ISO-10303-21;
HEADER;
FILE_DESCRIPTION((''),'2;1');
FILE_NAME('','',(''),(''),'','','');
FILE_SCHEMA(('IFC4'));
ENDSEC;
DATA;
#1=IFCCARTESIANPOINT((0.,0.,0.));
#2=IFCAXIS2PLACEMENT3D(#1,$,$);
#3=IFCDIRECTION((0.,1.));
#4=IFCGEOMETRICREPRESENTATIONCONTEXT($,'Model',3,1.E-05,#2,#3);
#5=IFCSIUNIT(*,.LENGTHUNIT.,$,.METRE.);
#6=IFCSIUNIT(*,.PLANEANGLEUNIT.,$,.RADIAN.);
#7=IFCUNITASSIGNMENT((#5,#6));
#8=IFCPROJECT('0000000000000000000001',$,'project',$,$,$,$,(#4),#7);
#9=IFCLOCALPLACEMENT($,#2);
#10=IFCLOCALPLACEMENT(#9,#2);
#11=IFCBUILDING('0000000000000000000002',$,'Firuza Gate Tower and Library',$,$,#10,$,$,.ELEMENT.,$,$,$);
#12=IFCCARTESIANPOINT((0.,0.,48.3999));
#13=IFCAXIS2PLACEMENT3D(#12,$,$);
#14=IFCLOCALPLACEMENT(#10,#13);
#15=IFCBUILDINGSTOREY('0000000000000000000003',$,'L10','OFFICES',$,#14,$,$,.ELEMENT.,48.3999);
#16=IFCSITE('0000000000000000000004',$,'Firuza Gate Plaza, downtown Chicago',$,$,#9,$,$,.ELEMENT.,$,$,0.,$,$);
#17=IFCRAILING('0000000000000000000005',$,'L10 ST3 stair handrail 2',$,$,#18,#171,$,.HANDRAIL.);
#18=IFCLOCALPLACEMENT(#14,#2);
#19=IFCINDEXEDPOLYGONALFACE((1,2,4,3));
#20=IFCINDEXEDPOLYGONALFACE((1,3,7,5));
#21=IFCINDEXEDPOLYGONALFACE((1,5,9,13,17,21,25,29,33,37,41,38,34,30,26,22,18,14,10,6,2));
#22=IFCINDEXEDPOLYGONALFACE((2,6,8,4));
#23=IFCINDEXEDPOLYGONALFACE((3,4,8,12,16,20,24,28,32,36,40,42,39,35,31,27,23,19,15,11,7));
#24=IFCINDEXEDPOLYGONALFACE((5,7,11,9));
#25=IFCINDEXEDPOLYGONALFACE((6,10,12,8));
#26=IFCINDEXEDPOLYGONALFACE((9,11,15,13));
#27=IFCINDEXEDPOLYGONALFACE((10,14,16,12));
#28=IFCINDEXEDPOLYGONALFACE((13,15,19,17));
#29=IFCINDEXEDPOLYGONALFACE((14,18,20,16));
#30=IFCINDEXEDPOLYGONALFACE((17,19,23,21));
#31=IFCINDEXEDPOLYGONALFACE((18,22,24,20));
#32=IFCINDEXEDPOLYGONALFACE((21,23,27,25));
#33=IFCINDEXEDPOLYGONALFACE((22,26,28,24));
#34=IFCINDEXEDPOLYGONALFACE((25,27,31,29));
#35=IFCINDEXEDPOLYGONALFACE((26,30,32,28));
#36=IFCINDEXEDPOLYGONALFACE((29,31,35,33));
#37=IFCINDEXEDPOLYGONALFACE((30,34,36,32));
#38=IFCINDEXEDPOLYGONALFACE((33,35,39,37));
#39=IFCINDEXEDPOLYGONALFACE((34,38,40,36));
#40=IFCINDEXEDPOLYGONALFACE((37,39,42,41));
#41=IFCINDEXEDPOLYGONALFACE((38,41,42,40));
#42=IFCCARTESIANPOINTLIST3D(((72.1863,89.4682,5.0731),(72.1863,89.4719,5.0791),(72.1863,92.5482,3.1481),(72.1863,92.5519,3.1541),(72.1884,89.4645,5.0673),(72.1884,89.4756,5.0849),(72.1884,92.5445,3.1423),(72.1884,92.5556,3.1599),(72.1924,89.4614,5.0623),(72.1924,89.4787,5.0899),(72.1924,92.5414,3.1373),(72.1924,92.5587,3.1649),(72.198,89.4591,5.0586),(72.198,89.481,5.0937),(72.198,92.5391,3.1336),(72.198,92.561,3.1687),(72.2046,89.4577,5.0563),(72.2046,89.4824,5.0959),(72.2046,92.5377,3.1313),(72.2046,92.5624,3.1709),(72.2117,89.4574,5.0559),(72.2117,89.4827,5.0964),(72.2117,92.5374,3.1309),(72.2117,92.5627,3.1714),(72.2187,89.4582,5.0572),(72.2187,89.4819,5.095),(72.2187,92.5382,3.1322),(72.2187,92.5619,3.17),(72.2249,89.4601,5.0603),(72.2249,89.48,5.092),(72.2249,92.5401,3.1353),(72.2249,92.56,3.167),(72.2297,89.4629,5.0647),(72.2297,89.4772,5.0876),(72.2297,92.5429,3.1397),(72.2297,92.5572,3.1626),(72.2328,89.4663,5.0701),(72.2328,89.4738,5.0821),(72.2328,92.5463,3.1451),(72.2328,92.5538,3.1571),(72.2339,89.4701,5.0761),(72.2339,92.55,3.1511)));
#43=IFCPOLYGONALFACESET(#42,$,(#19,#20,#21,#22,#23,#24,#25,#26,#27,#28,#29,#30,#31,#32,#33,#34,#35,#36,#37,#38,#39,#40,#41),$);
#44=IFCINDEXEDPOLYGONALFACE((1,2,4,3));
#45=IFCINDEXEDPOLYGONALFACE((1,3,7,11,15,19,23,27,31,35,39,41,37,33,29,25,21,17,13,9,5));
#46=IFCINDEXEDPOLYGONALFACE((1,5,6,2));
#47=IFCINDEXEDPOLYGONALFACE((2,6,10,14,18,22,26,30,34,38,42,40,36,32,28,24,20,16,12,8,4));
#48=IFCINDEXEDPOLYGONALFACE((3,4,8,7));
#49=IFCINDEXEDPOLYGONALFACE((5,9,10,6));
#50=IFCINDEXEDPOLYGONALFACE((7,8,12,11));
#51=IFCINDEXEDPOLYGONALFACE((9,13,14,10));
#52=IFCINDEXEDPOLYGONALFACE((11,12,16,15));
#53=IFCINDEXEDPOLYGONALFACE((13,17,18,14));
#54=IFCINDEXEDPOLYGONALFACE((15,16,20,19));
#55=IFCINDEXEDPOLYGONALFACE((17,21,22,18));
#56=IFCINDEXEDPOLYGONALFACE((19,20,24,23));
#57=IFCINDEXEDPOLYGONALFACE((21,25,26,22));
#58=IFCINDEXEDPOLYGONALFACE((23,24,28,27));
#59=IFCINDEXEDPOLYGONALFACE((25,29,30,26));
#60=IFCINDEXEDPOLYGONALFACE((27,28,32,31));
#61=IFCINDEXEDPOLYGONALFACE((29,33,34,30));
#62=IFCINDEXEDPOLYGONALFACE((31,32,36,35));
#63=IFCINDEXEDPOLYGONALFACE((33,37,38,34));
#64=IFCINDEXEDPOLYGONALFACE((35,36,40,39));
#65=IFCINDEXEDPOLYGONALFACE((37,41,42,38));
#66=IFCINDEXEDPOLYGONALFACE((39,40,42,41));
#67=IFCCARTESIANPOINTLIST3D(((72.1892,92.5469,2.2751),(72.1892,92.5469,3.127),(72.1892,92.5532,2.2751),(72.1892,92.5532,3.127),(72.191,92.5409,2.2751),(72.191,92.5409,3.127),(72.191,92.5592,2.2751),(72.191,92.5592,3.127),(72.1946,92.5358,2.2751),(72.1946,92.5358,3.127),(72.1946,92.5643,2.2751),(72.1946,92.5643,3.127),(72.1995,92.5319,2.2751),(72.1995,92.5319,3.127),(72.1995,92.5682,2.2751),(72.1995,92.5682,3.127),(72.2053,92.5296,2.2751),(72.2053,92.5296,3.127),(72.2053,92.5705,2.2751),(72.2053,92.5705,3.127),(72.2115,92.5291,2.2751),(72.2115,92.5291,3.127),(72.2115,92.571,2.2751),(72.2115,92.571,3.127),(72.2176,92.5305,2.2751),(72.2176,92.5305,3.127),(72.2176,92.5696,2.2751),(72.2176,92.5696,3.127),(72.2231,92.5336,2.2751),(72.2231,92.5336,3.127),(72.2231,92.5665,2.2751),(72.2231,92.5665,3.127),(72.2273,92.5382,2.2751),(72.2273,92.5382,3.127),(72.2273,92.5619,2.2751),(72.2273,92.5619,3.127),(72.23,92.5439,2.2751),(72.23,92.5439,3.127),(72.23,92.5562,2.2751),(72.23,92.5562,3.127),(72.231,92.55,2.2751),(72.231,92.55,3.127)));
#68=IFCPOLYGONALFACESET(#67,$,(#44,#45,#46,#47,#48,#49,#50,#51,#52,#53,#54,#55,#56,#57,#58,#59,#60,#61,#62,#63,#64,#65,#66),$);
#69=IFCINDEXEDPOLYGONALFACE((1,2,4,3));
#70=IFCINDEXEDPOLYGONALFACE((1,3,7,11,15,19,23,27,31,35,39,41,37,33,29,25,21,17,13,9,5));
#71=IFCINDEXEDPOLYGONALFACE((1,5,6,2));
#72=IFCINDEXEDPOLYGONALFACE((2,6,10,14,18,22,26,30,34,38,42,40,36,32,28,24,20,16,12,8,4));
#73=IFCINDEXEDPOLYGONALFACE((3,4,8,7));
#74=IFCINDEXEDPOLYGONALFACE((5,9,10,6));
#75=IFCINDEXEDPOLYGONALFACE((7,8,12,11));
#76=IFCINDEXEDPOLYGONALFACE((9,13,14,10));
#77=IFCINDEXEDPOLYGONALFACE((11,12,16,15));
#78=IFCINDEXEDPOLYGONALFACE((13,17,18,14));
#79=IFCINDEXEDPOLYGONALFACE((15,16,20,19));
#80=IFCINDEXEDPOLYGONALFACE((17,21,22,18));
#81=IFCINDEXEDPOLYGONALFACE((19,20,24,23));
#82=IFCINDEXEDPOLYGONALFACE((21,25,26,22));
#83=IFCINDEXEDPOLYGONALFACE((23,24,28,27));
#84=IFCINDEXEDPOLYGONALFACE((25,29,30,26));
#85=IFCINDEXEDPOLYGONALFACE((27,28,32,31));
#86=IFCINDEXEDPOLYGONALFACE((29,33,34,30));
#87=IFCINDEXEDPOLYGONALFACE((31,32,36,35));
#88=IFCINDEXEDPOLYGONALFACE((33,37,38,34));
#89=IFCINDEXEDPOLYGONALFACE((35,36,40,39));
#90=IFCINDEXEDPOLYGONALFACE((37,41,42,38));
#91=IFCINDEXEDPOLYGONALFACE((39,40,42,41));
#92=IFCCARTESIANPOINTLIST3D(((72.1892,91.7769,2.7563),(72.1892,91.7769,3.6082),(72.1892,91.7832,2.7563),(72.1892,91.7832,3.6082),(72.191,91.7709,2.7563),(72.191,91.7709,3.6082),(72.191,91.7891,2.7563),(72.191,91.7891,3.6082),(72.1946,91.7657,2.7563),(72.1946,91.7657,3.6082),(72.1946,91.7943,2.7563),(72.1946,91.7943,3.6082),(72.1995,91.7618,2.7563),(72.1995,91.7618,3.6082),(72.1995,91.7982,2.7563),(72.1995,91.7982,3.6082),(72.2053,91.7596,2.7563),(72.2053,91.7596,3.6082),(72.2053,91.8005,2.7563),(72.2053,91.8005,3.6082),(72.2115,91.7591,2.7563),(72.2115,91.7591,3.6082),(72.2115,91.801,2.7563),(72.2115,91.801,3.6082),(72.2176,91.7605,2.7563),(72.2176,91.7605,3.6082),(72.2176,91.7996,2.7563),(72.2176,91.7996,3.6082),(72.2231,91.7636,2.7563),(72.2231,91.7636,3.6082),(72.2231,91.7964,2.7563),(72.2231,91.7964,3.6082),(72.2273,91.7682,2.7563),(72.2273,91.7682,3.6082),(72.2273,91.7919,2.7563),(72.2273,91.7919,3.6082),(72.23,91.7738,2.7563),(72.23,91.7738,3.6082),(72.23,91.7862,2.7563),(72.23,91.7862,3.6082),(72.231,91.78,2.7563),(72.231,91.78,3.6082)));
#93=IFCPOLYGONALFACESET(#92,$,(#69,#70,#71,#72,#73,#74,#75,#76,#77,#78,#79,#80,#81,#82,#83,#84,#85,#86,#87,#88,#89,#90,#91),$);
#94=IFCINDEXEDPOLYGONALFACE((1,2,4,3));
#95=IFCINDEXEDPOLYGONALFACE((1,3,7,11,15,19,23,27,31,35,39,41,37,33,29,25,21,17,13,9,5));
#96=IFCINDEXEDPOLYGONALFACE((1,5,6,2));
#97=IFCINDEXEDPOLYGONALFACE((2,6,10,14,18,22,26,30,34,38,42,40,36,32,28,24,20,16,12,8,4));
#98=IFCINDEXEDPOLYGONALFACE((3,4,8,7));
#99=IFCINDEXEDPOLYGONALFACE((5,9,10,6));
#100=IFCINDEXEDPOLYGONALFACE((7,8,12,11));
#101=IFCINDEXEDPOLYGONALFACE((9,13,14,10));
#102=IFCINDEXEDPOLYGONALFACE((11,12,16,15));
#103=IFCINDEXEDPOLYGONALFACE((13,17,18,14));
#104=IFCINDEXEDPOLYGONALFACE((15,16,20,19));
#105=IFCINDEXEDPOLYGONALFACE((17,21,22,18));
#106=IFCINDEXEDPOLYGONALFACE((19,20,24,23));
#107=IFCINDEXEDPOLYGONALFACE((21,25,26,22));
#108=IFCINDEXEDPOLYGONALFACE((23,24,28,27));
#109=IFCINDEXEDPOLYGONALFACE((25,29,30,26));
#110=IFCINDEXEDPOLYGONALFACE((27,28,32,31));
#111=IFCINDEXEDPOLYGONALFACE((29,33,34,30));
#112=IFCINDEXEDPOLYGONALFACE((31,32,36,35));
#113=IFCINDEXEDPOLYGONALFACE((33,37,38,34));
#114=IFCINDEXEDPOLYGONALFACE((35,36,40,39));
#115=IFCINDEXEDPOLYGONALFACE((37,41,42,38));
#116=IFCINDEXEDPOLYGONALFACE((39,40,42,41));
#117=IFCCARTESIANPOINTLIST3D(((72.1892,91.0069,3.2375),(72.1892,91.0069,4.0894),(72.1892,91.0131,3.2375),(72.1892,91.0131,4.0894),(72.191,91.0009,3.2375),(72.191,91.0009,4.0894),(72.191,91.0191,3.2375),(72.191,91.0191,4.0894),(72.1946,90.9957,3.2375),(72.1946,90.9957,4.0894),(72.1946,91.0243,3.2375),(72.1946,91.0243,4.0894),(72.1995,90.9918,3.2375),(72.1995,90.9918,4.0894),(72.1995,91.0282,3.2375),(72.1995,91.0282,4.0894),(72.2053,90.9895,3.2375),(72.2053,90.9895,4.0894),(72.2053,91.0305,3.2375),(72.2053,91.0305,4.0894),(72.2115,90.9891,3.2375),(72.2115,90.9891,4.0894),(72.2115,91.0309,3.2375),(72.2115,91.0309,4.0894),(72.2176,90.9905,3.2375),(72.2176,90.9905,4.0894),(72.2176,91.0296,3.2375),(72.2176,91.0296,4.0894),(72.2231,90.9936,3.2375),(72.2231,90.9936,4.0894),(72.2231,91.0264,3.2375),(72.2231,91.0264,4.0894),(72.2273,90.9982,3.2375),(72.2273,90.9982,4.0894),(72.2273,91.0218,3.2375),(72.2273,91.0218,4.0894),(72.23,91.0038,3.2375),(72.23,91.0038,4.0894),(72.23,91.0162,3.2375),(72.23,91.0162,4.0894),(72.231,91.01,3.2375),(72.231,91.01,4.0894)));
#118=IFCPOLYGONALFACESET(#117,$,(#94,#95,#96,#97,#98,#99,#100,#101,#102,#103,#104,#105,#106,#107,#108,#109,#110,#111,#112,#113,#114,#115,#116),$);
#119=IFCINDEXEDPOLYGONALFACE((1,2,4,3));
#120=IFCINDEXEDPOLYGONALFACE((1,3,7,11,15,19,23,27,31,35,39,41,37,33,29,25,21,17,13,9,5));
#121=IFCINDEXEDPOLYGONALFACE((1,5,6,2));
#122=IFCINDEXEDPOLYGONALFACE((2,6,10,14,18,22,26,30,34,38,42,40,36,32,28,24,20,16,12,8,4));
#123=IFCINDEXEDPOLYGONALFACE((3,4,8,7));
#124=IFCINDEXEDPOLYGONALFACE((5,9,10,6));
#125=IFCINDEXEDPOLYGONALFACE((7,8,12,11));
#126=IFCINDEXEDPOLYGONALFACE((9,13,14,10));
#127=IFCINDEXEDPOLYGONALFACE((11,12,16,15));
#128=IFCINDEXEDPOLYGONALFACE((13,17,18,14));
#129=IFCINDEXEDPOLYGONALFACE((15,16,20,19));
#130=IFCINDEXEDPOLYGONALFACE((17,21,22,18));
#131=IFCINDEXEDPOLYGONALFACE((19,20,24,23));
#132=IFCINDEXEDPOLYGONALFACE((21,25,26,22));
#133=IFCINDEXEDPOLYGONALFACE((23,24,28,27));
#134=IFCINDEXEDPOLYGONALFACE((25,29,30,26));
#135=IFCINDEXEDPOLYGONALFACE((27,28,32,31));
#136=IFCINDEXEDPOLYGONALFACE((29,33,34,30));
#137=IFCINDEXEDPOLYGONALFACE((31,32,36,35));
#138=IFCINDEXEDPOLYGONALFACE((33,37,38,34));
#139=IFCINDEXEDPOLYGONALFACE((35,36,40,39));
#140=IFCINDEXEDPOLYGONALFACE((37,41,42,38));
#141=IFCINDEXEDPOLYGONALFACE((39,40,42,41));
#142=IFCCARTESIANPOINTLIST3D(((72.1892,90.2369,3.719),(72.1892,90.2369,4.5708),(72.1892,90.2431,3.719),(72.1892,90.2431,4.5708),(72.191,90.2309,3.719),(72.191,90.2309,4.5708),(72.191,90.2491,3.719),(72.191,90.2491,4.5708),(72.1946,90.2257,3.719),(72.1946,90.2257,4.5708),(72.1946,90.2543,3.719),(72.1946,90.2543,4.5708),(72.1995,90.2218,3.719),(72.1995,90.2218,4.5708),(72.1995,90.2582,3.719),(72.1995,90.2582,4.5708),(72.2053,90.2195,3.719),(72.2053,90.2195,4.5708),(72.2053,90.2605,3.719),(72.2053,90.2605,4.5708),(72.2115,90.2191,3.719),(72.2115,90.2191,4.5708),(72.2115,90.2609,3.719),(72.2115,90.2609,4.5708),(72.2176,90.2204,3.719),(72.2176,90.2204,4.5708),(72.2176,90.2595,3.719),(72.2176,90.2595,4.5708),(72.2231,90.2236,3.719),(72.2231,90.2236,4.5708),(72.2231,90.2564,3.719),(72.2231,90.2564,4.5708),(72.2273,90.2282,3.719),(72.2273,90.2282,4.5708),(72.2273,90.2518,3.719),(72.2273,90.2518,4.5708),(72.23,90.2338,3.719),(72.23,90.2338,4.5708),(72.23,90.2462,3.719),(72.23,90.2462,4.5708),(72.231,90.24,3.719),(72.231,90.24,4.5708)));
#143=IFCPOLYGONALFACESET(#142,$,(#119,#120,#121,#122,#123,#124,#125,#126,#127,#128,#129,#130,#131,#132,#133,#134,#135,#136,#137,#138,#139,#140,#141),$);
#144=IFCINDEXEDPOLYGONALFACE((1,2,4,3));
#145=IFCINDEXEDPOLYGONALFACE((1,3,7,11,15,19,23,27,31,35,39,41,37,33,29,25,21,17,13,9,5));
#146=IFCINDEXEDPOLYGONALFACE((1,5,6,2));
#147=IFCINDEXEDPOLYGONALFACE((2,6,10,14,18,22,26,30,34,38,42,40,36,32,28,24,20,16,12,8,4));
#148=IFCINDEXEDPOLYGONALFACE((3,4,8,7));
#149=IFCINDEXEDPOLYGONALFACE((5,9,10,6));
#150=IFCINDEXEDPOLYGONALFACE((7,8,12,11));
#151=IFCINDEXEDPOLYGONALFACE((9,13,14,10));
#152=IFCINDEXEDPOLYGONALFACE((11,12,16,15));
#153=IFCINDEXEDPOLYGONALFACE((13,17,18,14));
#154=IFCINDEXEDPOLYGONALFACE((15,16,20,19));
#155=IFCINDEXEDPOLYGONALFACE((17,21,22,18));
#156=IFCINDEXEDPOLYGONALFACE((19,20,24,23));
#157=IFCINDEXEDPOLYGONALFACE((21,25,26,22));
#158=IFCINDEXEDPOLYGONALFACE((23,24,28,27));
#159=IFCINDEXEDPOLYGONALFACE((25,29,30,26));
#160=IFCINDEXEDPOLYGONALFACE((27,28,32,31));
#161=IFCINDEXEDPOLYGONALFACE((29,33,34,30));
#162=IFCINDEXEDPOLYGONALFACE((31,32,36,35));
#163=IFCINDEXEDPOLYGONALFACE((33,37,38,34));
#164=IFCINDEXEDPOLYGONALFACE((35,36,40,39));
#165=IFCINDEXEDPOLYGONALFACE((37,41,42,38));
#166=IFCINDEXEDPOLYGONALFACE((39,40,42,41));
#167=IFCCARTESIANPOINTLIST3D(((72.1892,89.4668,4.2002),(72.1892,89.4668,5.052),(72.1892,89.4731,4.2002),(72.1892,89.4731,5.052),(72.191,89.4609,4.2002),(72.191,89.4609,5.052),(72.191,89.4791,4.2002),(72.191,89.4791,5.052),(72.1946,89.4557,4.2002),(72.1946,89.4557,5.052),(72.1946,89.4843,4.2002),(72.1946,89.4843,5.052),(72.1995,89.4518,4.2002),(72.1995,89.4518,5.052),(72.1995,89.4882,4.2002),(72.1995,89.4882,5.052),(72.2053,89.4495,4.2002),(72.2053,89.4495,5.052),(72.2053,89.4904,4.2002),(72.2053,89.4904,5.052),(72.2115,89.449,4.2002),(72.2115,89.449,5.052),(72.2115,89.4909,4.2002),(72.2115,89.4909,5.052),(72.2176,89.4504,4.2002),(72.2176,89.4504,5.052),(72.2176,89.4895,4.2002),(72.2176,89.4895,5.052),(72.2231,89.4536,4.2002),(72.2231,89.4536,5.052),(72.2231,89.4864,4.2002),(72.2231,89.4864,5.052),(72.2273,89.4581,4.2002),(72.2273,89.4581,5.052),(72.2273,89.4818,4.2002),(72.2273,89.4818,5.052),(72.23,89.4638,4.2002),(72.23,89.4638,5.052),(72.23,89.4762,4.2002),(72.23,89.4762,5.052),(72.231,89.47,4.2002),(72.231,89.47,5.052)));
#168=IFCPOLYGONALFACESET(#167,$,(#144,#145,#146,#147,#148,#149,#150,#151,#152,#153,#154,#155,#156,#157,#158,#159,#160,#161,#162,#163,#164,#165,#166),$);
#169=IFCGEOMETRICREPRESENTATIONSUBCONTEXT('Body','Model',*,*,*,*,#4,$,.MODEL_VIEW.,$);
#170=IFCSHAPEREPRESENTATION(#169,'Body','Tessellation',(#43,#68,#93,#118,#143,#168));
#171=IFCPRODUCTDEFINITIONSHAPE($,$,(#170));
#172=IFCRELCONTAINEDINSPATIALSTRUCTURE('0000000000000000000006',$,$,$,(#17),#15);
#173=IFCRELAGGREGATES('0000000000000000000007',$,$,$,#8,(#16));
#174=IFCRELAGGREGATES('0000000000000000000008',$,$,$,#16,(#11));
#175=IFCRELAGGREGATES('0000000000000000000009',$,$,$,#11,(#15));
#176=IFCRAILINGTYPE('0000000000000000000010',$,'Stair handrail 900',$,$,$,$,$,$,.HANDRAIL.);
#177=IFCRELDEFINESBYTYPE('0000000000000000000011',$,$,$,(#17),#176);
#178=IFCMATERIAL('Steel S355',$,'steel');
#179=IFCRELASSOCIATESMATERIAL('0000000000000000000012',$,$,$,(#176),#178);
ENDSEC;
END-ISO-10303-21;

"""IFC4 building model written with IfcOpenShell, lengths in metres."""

from ifc_helpers import new_model, si_unit, direction, frame, origin, origin_2d, place, context, subcontext, project, spatial, circle, extrude, material, type_object, element, save


model = new_model("IFC4")

# Units and contexts
model_context = context("Model", 3, precision=1e-05, world=origin(), true_north=direction((0.0, 1.0)))
body_context = subcontext(model_context, "Body", "Model", "MODEL_VIEW")
ifc_project = project(units=[si_unit("LENGTHUNIT", "METRE"), si_unit("PLANEANGLEUNIT", "RADIAN")], contexts=[model_context])

# Site, building, storey
site_placement = place(None, origin())
site = spatial("IfcSite", under=ifc_project, at=site_placement, Name="Firuza Gate Plaza, downtown Chicago", CompositionType="ELEMENT", RefElevation=0.0)
building_placement = place(site_placement, origin())
building = spatial("IfcBuilding", under=site, at=building_placement, Name="Firuza Gate Tower and Library", CompositionType="ELEMENT")
storey_placement = place(building_placement, frame((0.0, 0.0, 48.3999)))
storey = spatial("IfcBuildingStorey", under=building, at=storey_placement, Name="L10", Description="OFFICES", CompositionType="ELEMENT", Elevation=48.3999)

# Railing
ifc_material_1 = material(Name="Steel S355", Category="steel")
railing_type_1 = type_object("IfcRailingType", Name="Stair handrail 900", PredefinedType="HANDRAIL", material=ifc_material_1)
railing_1_placement = place(storey_placement, frame((72.21, 92.55, 2.2751)))
element("IfcRailing", 1, at=railing_1_placement, inside=storey, type_object=railing_type_1, Name="L10 ST3 stair handrail 2", PredefinedType="HANDRAIL", context=body_context, shape_type="SweptSolid", body=[
    extrude(circle(Radius=0.0239, at=origin_2d()), frame((0.0, 0.0, 0.876), z_axis=(0.0, -0.847998, 0.529999), x_axis=(1.0, 0.0, 0.0)), (0.0, 0.0, 1.0), 3.6321),
    extrude(circle(Radius=0.021, at=origin_2d()), origin(), (0.0, 0.0, 1.0), 0.8518),
    extrude(circle(Radius=0.021, at=origin_2d()), frame((0.0, -0.77, 0.4812)), (0.0, 0.0, 1.0), 0.8518),
    extrude(circle(Radius=0.021, at=origin_2d()), frame((0.0, -1.54, 0.9624)), (0.0, 0.0, 1.0), 0.8518),
    extrude(circle(Radius=0.021, at=origin_2d()), frame((0.0, -2.3101, 1.4438)), (0.0, 0.0, 1.0), 0.8518),
    extrude(circle(Radius=0.021, at=origin_2d()), frame((0.0, -3.0801, 1.925)), (0.0, 0.0, 1.0), 0.8518),
])

save(model, "model.ifc")
